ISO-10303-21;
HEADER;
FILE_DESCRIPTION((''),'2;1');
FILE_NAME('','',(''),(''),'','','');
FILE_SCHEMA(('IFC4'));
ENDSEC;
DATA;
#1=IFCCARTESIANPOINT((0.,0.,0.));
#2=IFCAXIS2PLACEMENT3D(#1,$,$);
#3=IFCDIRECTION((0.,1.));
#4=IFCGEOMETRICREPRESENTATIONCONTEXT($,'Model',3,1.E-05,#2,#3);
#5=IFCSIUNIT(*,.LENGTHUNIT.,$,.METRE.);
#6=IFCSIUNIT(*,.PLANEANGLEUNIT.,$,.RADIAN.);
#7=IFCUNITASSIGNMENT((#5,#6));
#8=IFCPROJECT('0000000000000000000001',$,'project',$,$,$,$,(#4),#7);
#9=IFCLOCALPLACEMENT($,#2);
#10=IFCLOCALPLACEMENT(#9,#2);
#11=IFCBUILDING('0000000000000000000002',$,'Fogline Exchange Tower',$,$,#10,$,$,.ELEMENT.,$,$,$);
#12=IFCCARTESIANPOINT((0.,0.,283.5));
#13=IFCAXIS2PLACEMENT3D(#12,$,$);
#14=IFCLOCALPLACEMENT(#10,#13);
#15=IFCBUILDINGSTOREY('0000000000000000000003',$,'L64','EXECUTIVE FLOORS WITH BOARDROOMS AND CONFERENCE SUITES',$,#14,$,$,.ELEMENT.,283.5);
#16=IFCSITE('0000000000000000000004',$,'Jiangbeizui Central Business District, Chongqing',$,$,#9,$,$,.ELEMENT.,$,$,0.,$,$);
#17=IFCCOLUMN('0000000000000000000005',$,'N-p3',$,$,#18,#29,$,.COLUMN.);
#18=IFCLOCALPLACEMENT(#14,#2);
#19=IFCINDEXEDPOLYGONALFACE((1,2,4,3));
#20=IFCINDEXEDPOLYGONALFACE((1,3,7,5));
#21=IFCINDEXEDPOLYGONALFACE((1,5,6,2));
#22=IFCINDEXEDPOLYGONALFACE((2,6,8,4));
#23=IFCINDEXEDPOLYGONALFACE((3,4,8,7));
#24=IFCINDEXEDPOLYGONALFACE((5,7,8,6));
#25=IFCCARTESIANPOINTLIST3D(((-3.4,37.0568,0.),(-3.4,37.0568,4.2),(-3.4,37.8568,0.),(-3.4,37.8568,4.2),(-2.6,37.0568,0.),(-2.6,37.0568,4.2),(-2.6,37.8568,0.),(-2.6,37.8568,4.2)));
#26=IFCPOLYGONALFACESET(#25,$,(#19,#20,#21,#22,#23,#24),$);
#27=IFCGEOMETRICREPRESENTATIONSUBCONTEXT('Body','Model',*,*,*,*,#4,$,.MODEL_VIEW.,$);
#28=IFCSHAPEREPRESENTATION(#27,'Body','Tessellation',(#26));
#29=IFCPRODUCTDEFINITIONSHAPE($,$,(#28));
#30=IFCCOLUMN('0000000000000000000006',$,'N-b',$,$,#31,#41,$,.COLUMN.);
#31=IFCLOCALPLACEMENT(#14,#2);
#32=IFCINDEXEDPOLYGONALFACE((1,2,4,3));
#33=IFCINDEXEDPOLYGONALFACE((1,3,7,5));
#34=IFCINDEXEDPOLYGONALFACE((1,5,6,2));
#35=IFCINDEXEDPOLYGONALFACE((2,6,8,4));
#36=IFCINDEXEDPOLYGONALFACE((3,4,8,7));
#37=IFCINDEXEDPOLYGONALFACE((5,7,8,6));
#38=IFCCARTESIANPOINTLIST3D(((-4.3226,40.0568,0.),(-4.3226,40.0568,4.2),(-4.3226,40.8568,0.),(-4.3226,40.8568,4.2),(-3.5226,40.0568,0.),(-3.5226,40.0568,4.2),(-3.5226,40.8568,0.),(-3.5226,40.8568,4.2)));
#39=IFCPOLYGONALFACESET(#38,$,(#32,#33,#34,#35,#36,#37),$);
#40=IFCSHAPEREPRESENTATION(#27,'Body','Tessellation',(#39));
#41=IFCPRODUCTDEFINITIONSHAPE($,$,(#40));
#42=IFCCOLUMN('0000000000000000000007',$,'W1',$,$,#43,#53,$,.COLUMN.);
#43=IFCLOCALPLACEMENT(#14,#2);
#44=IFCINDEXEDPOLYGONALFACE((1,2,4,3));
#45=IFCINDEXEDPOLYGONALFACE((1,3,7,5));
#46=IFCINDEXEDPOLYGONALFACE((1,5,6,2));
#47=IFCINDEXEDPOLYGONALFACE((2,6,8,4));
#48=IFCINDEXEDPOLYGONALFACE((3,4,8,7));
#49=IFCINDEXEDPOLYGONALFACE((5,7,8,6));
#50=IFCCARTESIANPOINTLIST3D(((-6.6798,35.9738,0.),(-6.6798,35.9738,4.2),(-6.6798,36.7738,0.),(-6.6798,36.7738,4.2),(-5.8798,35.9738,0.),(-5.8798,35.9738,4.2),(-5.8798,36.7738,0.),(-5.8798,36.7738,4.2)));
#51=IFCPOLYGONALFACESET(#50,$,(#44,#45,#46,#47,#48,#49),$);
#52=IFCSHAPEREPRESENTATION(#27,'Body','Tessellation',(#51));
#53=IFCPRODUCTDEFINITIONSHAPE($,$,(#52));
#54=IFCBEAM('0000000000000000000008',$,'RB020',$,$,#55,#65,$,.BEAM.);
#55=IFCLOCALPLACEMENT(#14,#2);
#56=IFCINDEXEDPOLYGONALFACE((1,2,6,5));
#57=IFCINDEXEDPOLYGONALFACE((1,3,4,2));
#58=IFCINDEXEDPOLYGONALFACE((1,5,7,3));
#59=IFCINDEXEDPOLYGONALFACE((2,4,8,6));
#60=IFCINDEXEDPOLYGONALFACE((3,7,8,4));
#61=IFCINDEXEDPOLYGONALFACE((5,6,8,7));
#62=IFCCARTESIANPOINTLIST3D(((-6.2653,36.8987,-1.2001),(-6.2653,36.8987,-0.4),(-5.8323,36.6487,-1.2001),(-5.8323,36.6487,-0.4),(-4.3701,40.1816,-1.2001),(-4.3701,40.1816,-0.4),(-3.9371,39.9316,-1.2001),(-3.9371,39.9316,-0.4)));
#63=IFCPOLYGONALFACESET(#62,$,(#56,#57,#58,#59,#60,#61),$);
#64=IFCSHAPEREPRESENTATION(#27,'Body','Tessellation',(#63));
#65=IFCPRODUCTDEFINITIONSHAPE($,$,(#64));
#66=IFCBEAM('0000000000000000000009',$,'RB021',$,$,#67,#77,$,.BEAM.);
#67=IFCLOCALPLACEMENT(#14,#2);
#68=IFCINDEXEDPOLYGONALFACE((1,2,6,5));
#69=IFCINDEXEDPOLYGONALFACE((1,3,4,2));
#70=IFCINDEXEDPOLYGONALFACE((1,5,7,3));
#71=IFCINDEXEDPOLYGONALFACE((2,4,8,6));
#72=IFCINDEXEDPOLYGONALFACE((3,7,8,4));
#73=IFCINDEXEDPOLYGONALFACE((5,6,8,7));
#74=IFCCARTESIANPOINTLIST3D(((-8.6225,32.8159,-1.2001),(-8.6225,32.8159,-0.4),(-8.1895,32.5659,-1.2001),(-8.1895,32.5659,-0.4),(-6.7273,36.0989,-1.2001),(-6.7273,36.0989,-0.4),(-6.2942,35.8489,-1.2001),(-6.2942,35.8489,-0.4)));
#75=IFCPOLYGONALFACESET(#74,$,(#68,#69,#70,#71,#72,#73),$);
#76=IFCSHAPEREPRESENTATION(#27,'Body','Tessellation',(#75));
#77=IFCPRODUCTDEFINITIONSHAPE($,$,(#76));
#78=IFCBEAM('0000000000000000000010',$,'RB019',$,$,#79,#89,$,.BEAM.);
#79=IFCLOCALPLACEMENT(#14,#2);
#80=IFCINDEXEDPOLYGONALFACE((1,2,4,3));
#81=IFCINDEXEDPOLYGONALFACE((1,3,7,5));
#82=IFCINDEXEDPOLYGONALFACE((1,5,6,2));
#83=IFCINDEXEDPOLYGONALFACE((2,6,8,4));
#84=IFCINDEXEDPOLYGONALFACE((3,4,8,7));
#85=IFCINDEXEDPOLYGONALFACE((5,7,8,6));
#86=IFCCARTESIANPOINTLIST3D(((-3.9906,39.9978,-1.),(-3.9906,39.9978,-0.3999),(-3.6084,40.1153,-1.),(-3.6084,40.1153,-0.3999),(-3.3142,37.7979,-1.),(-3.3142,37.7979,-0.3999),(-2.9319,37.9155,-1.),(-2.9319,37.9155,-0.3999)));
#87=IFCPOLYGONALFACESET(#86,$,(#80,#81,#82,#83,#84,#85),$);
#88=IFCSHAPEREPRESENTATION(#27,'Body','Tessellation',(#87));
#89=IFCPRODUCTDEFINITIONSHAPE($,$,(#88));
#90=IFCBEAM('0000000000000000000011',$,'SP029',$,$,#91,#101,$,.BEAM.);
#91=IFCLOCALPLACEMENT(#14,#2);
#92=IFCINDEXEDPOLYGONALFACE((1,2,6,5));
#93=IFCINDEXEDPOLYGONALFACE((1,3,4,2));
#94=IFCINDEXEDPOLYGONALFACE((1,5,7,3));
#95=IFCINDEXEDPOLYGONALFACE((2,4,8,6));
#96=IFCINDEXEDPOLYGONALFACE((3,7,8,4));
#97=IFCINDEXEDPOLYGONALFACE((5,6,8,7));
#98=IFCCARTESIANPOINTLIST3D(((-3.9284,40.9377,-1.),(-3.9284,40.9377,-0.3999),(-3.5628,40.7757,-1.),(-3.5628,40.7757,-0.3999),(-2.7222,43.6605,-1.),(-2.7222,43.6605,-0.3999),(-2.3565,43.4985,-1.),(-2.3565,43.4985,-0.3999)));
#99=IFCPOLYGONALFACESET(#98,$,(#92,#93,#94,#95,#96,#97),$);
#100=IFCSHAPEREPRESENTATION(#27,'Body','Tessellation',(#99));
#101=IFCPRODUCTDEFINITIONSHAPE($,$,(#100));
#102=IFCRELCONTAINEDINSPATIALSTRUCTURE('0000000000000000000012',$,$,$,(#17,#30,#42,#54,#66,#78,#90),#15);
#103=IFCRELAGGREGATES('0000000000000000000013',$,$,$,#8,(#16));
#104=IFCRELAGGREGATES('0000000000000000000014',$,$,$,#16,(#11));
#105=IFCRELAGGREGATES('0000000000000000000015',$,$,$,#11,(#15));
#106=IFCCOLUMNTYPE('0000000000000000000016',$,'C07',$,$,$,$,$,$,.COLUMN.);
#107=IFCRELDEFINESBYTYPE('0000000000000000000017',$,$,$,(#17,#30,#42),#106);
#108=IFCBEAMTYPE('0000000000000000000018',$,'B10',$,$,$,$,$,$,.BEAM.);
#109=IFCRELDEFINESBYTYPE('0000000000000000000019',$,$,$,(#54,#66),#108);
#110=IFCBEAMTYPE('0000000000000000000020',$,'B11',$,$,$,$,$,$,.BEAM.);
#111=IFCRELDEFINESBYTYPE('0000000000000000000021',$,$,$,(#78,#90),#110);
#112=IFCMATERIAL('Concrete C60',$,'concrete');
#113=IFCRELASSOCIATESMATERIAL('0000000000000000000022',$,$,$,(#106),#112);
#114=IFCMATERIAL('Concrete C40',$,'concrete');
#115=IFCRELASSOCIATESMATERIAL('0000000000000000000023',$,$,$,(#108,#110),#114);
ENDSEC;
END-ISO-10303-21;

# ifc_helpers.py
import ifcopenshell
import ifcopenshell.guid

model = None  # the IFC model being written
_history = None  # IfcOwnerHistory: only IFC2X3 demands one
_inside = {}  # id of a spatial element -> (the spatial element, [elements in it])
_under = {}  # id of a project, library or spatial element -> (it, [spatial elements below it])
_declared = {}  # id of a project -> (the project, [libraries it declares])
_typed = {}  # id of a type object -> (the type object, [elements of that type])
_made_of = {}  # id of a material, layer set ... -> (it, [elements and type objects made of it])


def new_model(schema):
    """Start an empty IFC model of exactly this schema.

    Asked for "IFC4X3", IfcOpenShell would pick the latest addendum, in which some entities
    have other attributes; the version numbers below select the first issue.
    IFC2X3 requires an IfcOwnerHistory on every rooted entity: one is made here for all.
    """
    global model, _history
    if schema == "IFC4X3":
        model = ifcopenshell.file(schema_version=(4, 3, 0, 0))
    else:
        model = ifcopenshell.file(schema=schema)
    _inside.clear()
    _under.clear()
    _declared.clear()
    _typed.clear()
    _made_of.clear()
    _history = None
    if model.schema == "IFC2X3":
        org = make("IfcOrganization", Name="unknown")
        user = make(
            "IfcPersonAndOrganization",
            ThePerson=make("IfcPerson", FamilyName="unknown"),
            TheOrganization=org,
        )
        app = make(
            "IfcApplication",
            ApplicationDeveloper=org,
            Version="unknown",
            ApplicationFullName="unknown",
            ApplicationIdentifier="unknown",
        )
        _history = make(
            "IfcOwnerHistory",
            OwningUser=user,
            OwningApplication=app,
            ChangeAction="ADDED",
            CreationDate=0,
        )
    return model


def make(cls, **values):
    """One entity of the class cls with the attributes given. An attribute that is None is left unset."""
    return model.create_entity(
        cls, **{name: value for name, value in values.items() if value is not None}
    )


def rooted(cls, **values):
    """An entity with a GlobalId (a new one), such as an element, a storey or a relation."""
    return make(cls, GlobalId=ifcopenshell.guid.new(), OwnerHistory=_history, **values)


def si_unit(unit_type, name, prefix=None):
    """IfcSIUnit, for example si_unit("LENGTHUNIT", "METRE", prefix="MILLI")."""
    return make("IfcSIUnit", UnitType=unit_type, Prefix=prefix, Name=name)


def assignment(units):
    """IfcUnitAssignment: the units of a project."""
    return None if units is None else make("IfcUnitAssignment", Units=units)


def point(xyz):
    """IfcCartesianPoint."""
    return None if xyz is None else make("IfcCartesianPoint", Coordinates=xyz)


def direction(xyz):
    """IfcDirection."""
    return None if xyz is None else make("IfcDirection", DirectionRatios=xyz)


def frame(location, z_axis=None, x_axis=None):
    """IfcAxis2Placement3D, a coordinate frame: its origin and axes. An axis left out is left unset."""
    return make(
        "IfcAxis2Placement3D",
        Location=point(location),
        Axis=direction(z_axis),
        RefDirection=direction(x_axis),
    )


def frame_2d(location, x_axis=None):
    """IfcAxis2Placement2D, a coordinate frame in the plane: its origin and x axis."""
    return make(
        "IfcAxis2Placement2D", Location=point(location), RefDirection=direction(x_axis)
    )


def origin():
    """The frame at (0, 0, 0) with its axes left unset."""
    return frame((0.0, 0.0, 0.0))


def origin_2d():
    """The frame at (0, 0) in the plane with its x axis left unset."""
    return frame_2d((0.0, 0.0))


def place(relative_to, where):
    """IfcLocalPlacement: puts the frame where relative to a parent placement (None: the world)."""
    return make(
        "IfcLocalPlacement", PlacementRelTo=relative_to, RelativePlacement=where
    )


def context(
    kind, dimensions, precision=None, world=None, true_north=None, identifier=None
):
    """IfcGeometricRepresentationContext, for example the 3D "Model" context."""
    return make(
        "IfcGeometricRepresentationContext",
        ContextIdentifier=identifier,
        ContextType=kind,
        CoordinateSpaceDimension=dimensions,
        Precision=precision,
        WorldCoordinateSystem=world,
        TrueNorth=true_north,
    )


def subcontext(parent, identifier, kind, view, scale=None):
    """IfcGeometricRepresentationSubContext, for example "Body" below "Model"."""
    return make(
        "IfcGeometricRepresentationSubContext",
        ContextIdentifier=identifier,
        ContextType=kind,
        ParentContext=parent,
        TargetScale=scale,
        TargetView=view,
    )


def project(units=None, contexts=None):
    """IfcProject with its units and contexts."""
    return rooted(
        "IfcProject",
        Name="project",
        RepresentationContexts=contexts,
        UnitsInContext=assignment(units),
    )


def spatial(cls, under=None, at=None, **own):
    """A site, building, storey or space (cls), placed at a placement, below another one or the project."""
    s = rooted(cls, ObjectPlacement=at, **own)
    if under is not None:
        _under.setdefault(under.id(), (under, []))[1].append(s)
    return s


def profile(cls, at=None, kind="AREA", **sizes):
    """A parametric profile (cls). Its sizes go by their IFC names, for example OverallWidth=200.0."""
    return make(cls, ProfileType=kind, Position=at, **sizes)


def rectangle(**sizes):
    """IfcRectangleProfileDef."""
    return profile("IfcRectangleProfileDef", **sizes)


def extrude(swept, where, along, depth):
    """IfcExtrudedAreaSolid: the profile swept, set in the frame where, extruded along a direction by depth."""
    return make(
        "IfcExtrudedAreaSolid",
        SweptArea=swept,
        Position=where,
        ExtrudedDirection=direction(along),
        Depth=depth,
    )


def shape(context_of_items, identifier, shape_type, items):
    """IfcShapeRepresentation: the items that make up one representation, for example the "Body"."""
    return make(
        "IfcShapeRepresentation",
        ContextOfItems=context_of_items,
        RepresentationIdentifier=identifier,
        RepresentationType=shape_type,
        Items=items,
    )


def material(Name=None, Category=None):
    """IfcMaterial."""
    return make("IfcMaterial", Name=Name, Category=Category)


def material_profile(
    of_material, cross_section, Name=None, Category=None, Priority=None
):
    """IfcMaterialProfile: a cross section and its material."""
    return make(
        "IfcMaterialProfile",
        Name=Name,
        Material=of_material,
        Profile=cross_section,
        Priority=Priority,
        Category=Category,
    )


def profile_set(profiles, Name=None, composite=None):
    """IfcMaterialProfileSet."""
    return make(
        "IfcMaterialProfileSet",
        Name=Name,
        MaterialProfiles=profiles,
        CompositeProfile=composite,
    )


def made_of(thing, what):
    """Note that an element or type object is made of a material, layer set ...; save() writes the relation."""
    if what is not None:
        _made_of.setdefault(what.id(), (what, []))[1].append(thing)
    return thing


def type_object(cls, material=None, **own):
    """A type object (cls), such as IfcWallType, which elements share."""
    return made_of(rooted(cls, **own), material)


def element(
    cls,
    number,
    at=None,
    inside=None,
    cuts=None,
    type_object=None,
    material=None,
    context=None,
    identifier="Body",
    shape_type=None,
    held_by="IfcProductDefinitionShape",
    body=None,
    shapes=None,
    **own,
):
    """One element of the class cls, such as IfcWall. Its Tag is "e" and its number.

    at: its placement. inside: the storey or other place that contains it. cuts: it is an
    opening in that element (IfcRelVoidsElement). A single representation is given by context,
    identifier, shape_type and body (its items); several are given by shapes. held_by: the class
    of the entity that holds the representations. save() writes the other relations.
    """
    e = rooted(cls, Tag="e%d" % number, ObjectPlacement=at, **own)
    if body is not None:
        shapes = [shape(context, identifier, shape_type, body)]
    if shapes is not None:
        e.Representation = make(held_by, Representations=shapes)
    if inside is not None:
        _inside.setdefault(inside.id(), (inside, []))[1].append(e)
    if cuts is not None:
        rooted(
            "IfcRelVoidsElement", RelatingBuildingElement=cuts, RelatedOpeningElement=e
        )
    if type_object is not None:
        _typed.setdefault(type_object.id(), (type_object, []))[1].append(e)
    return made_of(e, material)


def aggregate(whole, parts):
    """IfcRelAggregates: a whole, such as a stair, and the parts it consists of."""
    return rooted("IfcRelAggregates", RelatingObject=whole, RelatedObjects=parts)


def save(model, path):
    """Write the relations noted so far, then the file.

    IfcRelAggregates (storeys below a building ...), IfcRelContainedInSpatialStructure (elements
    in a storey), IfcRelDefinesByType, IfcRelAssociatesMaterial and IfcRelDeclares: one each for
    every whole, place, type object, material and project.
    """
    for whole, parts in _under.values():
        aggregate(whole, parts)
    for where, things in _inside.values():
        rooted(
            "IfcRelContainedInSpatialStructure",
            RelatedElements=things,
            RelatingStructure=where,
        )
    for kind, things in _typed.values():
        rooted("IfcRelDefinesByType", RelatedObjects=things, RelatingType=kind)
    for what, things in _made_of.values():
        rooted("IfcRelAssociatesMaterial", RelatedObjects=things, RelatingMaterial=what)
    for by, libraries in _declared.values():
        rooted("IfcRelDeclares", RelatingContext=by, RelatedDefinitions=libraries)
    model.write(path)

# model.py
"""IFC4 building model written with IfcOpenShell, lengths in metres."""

from ifc_helpers import new_model, si_unit, direction, frame, origin, origin_2d, place, context, subcontext, project, spatial, rectangle, extrude, material, material_profile, profile_set, type_object, element, save


model = new_model("IFC4")

# Units and contexts
model_context = context("Model", 3, precision=1e-05, world=origin(), true_north=direction((0.0, 1.0)))
body_context = subcontext(model_context, "Body", "Model", "MODEL_VIEW")
ifc_project = project(units=[si_unit("LENGTHUNIT", "METRE"), si_unit("PLANEANGLEUNIT", "RADIAN")], contexts=[model_context])

# Site, building, storey
site_placement = place(None, origin())
site = spatial("IfcSite", under=ifc_project, at=site_placement, Name="Jiangbeizui Central Business District, Chongqing", CompositionType="ELEMENT", RefElevation=0.0)
building_placement = place(site_placement, origin())
building = spatial("IfcBuilding", under=site, at=building_placement, Name="Fogline Exchange Tower", CompositionType="ELEMENT")
storey_placement = place(building_placement, frame((0.0, 0.0, 283.5)))
storey = spatial("IfcBuildingStorey", under=building, at=storey_placement, Name="L64", Description="EXECUTIVE FLOORS WITH BOARDROOMS AND CONFERENCE SUITES", CompositionType="ELEMENT", Elevation=283.5)

# Columns
ifc_material_1 = material(Name="Concrete C60", Category="concrete")
ifc_material_profile_1 = material_profile(ifc_material_1, rectangle(XDim=0.8, YDim=0.8, at=origin_2d()), Name="RC 800x800")
ifc_profile_set_1 = profile_set([ifc_material_profile_1], Name="Concrete C60")
column_type = type_object("IfcColumnType", Name="C07", PredefinedType="COLUMN", material=ifc_profile_set_1)
for number, where, z_axis, x_axis, name in (
    (1, (-3.0, 37.4568, 0.0), (0.0, 0.0, 1.0), (1.0, 0.0, 0.0), "N-p3"),
    (2, (-3.9226, 40.4568, 0.0), (0.0, 0.0, 1.0), (1.0, 0.0, 0.0), "N-b"),
    (3, (-6.2798, 36.3738, 0.0), (0.0, 0.0, 1.0), (1.0, 0.0, 0.0), "W1"),
):
    element("IfcColumn", number, at=place(storey_placement, frame(where, z_axis=z_axis, x_axis=x_axis)), inside=storey, type_object=column_type, Name=name, PredefinedType="COLUMN", context=body_context, shape_type="SweptSolid", body=[
        extrude(rectangle(XDim=0.8, YDim=0.8, at=origin_2d()), origin(), (0.0, 0.0, 1.0), 4.2),
    ])

# Beams
ifc_material_2 = material(Name="Concrete C40", Category="concrete")
ifc_material_profile_2 = material_profile(ifc_material_2, rectangle(XDim=0.5, YDim=0.8, at=origin_2d()), Name="RC 500x800")
ifc_profile_set_2 = profile_set([ifc_material_profile_2], Name="Concrete C40")
beam_type_1 = type_object("IfcBeamType", Name="B10", PredefinedType="BEAM", material=ifc_profile_set_2)
for number, where, z_axis, x_axis, name in (
    (4, (-4.1536, 40.0566, -0.8), (-0.49997, -0.866043, 0.0), (0.866043, -0.49997, 0.0), "RB020"),
    (5, (-6.5107, 35.9739, -0.8), (-0.49997, -0.866043, 0.0), (0.866043, -0.49997, 0.0), "RB021"),
):
    element("IfcBeam", number, at=place(storey_placement, frame(where, z_axis=z_axis, x_axis=x_axis)), inside=storey, type_object=beam_type_1, Name=name, PredefinedType="BEAM", context=body_context, shape_type="SweptSolid", body=[
        extrude(rectangle(XDim=0.5, YDim=0.8, at=origin_2d()), origin(), (0.0, 0.0, 1.0), 3.7908),
    ])
ifc_material_profile_3 = material_profile(ifc_material_2, rectangle(XDim=0.3999, YDim=0.6001, at=origin_2d()), Name="RC 400x600")
ifc_profile_set_3 = profile_set([ifc_material_profile_3], Name="Concrete C40")
beam_type_2 = type_object("IfcBeamType", Name="B11", PredefinedType="BEAM", material=ifc_profile_set_3)
beam_1_placement = place(storey_placement, frame((-3.123, 37.8567, -0.7), z_axis=(-0.293929, 0.955827, 0.0), x_axis=(-0.955827, -0.293929, 0.0)))
element("IfcBeam", 6, at=beam_1_placement, inside=storey, type_object=beam_type_2, Name="RB019", PredefinedType="BEAM", context=body_context, shape_type="SweptSolid", body=[
    extrude(rectangle(XDim=0.3999, YDim=0.6001, at=origin_2d()), origin(), (0.0, 0.0, 1.0), 2.3015),
])
beam_2_placement = place(storey_placement, frame((-3.7456, 40.8567, -0.7), z_axis=(0.40505, 0.914294, 0.0), x_axis=(-0.914294, 0.40505, 0.0)))
element("IfcBeam", 7, at=beam_2_placement, inside=storey, type_object=beam_type_2, Name="SP029", PredefinedType="BEAM", context=body_context, shape_type="SweptSolid", body=[
    extrude(rectangle(XDim=0.3999, YDim=0.6001, at=origin_2d()), origin(), (0.0, 0.0, 1.0), 2.978),
])

save(model, "model.ifc")
